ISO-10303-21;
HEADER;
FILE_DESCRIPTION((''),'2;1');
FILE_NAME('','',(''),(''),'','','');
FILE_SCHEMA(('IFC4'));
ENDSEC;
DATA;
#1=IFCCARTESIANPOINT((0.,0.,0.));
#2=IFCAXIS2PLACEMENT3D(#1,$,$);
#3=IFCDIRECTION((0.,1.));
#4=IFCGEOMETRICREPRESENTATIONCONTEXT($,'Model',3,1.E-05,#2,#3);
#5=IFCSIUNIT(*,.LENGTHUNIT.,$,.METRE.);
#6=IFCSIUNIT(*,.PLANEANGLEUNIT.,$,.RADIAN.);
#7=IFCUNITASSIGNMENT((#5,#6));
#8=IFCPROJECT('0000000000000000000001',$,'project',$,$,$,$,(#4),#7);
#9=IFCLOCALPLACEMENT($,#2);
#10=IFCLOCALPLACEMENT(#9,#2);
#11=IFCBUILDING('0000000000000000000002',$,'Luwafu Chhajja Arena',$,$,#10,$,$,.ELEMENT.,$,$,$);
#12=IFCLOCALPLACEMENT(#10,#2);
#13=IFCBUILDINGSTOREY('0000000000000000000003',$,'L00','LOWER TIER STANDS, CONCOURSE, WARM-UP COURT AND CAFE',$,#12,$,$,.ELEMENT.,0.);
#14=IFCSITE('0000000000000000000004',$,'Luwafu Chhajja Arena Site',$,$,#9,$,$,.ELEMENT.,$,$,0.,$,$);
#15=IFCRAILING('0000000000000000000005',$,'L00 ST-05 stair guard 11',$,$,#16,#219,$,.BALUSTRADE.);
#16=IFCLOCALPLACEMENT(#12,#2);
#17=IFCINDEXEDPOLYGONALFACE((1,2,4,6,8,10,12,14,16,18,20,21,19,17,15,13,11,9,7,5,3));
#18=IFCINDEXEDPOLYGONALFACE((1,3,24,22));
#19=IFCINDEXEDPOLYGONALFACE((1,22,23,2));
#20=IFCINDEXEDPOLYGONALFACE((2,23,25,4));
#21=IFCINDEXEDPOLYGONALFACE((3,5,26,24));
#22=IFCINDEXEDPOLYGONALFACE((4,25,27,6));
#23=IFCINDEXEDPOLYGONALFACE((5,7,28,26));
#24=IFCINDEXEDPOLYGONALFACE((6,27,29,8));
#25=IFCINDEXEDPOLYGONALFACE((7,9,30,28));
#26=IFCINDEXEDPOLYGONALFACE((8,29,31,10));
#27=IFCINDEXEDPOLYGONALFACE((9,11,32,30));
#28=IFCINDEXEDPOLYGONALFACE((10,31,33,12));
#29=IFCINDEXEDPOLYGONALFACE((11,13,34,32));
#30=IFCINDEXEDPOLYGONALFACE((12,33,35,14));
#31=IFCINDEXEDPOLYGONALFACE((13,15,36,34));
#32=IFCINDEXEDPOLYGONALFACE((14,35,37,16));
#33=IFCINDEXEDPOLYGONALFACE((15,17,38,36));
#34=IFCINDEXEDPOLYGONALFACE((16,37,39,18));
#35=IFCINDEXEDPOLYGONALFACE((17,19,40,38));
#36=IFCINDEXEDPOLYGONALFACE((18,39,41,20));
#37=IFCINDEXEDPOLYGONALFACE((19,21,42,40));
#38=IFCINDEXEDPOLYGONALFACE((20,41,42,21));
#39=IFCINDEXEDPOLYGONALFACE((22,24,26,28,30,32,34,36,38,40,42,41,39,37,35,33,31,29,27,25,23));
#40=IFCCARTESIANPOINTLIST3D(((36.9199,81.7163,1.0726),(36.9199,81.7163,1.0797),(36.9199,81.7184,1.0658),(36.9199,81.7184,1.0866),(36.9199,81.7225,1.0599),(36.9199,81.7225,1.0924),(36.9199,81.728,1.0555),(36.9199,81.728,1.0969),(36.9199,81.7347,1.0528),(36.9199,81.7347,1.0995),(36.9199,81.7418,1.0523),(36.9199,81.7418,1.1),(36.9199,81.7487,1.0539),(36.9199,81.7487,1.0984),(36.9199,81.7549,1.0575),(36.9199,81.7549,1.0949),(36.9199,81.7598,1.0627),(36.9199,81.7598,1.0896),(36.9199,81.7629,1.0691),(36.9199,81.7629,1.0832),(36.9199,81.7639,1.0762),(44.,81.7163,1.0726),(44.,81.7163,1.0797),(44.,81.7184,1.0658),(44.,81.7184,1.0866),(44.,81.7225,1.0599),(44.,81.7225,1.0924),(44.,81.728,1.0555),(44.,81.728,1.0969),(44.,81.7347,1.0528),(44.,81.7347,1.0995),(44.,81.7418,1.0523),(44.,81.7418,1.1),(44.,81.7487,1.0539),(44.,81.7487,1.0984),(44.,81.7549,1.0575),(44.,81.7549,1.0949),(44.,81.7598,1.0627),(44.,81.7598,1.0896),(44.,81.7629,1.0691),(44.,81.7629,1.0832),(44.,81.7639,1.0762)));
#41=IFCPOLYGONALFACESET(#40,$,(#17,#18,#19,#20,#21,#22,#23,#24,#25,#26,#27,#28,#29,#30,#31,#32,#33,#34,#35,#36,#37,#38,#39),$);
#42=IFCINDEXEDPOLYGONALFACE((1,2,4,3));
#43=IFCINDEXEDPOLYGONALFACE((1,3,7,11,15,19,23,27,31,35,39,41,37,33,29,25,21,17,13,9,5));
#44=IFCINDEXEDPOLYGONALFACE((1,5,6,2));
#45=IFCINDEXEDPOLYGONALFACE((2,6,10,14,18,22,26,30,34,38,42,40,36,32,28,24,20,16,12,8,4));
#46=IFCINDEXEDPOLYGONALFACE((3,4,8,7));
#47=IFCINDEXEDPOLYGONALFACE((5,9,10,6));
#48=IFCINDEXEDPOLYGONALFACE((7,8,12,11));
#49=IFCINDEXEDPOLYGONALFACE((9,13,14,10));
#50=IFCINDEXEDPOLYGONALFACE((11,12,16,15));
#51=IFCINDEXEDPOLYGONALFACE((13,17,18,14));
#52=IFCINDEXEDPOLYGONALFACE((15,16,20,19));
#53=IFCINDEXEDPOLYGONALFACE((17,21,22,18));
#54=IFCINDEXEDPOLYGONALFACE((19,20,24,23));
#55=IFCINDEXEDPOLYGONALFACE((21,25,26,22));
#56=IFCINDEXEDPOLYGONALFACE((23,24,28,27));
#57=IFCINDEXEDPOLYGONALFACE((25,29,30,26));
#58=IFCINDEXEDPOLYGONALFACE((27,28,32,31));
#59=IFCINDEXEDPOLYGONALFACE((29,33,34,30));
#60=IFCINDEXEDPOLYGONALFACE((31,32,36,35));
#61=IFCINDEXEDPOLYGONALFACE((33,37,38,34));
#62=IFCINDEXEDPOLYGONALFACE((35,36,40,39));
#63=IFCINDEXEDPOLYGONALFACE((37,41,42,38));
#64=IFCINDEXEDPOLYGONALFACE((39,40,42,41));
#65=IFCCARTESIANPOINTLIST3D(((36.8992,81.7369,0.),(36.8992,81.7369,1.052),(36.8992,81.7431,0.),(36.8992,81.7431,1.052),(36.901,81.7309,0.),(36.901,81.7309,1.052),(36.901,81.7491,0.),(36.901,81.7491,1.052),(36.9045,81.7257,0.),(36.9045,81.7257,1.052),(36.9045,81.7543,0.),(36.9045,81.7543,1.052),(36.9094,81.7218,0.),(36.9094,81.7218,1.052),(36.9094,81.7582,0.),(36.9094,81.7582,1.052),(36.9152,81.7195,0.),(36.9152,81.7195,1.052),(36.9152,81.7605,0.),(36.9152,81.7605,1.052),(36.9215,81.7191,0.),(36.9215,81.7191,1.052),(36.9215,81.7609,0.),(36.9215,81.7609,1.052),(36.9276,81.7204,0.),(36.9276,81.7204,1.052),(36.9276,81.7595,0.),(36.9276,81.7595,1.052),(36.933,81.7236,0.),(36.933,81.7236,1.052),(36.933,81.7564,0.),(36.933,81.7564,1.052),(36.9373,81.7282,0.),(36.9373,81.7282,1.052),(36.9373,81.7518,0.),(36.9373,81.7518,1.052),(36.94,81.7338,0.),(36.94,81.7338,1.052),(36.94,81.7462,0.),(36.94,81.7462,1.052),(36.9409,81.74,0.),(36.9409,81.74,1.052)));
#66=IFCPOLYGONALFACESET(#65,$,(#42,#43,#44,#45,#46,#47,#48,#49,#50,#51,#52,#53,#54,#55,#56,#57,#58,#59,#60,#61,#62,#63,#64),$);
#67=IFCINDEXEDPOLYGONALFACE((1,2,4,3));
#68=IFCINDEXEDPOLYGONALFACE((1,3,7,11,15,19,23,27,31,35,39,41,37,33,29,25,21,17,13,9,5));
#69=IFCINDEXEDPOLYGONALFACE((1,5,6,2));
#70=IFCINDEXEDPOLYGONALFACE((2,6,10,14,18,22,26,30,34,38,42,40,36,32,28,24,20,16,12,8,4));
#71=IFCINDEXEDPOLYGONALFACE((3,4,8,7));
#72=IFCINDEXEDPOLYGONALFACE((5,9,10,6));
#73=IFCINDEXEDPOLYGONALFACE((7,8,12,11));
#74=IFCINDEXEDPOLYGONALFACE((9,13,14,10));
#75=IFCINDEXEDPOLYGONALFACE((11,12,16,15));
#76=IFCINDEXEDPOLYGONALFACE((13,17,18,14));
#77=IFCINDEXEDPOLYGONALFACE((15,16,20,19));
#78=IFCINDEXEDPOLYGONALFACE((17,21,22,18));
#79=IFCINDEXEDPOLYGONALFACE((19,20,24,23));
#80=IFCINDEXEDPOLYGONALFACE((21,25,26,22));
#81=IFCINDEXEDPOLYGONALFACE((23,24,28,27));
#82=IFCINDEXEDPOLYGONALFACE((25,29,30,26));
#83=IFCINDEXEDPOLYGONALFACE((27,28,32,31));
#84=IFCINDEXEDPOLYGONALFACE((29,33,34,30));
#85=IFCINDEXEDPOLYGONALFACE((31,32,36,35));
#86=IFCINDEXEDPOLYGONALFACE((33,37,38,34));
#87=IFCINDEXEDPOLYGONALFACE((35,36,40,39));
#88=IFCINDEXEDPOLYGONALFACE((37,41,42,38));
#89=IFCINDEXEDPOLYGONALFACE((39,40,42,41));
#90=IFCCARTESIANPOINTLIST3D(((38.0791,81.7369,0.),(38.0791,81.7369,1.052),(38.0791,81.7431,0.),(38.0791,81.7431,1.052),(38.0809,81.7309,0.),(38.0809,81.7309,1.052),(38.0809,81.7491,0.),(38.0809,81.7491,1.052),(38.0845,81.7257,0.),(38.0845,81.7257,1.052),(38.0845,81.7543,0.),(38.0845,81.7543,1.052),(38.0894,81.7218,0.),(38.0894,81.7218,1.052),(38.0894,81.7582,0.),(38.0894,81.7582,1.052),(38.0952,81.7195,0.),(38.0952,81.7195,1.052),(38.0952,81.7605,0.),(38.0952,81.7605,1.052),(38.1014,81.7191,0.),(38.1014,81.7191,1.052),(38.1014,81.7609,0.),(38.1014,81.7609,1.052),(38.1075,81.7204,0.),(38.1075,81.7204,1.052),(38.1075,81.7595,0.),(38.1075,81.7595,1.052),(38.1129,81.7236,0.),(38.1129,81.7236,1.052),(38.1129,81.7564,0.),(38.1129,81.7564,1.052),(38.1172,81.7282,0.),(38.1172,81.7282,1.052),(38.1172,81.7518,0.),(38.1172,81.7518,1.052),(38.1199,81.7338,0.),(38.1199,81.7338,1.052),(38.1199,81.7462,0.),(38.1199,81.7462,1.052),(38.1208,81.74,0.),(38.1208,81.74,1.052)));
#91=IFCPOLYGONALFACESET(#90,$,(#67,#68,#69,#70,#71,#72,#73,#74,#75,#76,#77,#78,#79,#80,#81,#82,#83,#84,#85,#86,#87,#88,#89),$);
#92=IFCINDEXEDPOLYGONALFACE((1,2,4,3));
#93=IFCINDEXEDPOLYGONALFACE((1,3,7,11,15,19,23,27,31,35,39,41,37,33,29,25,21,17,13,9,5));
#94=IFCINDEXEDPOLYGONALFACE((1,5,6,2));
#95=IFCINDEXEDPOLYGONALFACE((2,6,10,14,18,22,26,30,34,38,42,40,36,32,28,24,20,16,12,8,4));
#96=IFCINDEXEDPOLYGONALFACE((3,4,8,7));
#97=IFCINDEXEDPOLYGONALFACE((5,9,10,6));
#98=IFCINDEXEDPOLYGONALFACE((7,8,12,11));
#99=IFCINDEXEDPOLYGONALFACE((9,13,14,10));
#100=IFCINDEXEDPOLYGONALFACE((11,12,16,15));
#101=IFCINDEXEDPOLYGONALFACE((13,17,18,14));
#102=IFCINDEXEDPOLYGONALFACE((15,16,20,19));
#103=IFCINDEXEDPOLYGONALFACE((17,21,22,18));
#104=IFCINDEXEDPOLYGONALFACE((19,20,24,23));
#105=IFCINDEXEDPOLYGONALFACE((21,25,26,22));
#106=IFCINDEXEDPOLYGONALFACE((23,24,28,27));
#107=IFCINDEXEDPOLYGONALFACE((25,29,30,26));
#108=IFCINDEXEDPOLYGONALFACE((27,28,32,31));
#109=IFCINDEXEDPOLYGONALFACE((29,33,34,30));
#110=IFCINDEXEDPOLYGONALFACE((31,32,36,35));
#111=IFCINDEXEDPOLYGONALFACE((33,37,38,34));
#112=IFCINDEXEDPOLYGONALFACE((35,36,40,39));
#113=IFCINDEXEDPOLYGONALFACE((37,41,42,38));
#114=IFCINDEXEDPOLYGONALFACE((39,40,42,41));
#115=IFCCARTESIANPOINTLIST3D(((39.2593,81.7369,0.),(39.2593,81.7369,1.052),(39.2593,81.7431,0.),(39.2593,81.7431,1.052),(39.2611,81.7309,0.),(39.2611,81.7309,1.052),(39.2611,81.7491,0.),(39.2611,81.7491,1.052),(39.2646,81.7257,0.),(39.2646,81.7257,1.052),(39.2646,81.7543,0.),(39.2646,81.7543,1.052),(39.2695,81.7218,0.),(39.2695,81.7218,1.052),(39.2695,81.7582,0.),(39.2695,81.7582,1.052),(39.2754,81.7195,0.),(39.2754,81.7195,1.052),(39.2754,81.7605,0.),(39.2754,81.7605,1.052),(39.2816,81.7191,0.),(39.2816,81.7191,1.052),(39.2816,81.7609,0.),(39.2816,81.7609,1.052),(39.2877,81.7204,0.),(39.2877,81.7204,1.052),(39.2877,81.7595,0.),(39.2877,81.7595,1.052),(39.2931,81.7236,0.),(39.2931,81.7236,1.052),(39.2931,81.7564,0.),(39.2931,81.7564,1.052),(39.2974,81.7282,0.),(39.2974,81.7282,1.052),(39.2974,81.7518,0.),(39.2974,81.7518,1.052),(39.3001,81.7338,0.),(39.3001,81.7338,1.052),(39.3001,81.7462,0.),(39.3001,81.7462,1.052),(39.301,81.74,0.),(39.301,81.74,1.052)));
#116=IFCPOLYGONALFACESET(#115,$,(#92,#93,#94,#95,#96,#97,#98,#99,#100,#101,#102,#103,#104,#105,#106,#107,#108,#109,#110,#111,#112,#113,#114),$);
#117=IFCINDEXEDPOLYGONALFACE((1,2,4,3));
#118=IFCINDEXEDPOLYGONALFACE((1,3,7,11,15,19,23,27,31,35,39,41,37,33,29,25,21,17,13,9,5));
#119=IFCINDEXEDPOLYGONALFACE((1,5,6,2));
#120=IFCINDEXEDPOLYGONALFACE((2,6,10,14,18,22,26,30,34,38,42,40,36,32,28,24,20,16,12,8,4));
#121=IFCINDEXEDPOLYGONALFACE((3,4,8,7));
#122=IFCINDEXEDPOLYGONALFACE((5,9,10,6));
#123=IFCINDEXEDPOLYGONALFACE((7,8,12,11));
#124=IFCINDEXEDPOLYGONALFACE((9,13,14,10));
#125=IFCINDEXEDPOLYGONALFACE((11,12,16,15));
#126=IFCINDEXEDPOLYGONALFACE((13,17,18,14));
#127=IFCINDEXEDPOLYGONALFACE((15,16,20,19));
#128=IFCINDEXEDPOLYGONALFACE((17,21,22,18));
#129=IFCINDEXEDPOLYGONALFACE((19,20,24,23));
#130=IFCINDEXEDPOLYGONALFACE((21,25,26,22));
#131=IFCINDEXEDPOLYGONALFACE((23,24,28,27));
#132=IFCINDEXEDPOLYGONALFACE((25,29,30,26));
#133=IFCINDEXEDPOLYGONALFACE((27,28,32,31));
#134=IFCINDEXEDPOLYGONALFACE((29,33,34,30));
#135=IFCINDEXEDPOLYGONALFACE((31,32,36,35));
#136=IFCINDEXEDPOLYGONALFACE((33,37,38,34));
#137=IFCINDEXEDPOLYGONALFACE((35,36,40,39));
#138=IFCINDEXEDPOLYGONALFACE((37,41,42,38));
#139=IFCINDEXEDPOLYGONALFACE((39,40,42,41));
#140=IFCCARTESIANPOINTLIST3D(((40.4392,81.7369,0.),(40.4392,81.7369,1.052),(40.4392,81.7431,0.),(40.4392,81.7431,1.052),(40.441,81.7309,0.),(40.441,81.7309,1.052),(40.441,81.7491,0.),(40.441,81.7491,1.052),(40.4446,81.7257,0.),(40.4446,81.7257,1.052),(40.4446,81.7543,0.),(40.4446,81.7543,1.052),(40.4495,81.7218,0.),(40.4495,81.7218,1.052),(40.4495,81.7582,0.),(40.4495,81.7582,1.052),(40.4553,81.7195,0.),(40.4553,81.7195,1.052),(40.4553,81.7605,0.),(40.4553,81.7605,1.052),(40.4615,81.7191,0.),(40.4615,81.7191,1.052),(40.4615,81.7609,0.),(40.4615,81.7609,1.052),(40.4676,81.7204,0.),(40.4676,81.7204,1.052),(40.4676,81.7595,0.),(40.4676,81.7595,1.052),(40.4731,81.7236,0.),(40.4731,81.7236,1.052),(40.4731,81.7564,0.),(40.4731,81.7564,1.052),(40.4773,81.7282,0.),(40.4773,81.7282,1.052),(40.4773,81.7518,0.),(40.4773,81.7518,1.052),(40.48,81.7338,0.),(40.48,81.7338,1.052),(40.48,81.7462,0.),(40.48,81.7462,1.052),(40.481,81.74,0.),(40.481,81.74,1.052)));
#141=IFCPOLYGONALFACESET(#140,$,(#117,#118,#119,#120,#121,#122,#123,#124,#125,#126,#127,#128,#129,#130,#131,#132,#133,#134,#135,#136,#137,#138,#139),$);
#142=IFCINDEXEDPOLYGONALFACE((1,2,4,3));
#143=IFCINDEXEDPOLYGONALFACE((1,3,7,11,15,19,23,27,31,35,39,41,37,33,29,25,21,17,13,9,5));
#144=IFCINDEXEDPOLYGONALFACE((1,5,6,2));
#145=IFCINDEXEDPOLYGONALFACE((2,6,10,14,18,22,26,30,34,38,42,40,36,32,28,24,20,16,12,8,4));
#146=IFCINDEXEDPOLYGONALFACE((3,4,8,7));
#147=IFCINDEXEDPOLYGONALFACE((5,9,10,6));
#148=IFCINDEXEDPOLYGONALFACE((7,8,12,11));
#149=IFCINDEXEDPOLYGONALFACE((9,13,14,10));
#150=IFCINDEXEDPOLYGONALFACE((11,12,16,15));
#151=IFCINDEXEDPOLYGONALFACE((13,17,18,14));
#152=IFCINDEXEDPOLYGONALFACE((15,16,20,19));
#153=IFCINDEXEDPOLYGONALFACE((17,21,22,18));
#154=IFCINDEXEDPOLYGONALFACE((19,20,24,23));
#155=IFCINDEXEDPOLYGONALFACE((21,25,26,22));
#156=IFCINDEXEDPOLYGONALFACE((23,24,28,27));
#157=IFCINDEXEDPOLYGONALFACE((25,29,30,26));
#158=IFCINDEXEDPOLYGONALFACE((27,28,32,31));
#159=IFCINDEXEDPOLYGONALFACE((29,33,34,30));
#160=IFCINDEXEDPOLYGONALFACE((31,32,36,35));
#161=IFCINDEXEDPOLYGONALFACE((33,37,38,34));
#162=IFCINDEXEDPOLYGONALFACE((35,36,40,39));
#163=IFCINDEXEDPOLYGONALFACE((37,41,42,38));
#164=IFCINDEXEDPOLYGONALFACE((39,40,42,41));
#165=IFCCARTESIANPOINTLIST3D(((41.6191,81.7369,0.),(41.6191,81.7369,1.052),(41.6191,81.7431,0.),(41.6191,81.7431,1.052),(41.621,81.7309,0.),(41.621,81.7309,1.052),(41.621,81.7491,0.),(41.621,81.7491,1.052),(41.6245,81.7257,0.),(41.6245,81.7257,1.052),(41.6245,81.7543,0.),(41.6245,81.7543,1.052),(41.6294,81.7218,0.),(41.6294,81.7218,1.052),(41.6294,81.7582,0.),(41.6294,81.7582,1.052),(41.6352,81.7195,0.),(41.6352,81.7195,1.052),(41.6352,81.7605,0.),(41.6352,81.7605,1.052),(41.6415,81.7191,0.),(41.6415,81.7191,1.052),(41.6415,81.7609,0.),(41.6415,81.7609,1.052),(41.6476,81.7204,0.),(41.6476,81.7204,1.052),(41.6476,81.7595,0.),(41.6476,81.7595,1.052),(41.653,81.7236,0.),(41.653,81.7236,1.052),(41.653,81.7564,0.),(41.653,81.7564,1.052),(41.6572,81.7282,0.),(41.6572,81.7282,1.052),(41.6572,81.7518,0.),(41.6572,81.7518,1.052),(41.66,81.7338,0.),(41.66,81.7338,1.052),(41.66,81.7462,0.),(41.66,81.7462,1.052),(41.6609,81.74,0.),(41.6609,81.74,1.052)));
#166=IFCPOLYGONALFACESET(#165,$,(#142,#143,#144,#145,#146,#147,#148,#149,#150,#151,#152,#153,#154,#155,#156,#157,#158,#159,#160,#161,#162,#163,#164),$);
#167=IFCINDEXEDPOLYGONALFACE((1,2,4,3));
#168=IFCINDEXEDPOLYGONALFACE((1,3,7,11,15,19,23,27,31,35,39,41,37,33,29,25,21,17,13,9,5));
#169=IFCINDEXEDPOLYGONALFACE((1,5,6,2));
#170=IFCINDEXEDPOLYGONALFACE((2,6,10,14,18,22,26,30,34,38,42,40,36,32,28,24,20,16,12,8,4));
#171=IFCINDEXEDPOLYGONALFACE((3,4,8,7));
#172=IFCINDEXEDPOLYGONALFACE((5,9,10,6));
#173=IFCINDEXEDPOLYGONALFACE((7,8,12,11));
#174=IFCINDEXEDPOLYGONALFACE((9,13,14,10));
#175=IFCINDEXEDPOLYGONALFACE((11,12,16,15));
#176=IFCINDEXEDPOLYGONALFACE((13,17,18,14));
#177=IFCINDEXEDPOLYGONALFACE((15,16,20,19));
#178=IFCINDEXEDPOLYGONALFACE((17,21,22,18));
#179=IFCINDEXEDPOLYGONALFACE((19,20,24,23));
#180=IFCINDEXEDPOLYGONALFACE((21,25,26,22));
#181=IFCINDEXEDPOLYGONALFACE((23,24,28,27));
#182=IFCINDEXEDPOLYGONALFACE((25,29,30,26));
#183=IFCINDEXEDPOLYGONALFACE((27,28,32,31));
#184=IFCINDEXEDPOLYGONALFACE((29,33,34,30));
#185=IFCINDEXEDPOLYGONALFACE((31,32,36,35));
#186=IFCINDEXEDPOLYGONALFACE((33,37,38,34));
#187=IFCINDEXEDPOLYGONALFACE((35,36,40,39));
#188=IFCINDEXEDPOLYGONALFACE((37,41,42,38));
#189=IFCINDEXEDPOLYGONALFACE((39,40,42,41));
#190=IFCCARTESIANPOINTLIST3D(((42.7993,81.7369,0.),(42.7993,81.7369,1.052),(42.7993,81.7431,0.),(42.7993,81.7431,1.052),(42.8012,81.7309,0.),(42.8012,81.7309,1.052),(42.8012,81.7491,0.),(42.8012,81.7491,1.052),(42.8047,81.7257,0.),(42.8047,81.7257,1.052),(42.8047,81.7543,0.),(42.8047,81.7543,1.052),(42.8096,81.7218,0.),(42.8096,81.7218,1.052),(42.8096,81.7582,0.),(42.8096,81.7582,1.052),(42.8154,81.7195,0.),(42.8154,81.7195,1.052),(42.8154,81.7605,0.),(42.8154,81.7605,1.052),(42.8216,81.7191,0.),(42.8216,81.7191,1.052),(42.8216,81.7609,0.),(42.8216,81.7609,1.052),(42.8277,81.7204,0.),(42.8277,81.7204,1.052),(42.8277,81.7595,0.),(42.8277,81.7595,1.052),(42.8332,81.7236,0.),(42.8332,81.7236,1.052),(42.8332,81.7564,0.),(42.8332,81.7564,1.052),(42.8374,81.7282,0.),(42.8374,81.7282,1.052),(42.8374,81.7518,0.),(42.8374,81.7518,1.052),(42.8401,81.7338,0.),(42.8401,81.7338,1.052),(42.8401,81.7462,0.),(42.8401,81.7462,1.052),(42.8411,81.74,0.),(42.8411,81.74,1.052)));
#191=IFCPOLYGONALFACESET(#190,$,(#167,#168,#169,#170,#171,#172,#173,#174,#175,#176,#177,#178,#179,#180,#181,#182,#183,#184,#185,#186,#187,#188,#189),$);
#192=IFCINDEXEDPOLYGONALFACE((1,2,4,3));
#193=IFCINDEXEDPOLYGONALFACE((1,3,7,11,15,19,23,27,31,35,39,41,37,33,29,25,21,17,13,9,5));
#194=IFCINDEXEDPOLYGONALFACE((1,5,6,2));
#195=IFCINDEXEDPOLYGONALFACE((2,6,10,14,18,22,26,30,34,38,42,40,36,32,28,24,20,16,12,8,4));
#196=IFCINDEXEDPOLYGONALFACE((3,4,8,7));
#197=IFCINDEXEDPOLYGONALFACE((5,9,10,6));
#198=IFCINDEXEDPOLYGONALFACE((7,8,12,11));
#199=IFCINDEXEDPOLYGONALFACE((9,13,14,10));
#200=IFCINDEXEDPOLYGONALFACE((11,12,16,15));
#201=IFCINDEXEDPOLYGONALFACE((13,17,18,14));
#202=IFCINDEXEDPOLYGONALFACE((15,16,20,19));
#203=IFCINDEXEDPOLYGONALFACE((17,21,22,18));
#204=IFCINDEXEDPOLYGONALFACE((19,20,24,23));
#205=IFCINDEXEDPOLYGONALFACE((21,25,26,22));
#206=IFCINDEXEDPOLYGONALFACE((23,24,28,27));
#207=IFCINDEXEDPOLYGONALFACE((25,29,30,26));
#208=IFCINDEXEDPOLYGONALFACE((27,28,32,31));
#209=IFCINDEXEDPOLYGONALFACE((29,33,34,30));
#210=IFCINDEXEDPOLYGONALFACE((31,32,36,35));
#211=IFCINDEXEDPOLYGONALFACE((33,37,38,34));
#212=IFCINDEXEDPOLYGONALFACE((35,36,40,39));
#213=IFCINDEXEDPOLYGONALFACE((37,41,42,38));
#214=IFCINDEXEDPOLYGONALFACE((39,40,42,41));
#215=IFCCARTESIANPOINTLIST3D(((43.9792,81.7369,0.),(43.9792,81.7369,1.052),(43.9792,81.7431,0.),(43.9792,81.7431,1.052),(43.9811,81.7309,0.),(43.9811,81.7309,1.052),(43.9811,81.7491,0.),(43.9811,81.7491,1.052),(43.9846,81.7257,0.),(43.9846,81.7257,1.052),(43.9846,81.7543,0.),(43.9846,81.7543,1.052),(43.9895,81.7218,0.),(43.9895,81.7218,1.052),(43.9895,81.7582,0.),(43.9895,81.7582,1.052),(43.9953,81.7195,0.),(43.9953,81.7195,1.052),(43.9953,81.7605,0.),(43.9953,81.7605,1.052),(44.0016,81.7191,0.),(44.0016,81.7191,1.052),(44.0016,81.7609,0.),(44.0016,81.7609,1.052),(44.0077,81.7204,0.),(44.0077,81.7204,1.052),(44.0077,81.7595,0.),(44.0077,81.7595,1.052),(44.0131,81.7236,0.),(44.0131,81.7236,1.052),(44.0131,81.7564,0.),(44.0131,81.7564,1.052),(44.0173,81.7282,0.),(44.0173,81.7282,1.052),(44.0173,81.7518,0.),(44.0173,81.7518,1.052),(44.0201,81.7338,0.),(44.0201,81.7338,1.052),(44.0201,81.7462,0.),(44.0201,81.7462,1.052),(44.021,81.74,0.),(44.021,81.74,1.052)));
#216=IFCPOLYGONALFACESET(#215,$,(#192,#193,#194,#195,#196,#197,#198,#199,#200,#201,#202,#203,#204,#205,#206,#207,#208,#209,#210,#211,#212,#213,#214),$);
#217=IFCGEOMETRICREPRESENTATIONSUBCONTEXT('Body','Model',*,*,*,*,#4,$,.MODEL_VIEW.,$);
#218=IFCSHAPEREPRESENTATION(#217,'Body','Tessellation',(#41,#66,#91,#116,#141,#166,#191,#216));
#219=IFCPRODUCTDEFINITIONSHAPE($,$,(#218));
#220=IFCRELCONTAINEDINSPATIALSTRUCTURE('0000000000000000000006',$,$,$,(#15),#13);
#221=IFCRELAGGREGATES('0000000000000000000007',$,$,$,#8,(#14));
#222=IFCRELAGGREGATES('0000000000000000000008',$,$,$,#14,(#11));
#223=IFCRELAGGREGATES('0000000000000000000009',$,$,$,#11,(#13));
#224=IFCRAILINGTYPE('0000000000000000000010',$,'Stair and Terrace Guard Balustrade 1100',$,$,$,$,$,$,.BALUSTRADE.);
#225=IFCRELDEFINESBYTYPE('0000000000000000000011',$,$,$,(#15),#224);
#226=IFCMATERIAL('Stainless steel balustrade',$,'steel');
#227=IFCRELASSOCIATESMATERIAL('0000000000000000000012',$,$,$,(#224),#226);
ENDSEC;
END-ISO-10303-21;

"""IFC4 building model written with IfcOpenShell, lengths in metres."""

from ifc_helpers import new_model, si_unit, direction, frame, origin, origin_2d, place, context, subcontext, project, spatial, circle, extrude, material, type_object, element, save


model = new_model("IFC4")

# Units and contexts
model_context = context("Model", 3, precision=1e-05, world=origin(), true_north=direction((0.0, 1.0)))
body_context = subcontext(model_context, "Body", "Model", "MODEL_VIEW")
ifc_project = project(units=[si_unit("LENGTHUNIT", "METRE"), si_unit("PLANEANGLEUNIT", "RADIAN")], contexts=[model_context])

# Site, building, storey
site_placement = place(None, origin())
site = spatial("IfcSite", under=ifc_project, at=site_placement, Name="Luwafu Chhajja Arena Site", CompositionType="ELEMENT", RefElevation=0.0)
building_placement = place(site_placement, origin())
building = spatial("IfcBuilding", under=site, at=building_placement, Name="Luwafu Chhajja Arena", CompositionType="ELEMENT")
storey_placement = place(building_placement, origin())
storey = spatial("IfcBuildingStorey", under=building, at=storey_placement, Name="L00", Description="LOWER TIER STANDS, CONCOURSE, WARM-UP COURT AND CAFE", CompositionType="ELEMENT", Elevation=0.0)

# Railing
ifc_material_1 = material(Name="Stainless steel balustrade", Category="steel")
railing_type_1 = type_object("IfcRailingType", Name="Stair and Terrace Guard Balustrade 1100", PredefinedType="BALUSTRADE", material=ifc_material_1)
railing_1_placement = place(storey_placement, frame((36.9199, 81.74, 0.0)))
element("IfcRailing", 1, at=railing_1_placement, inside=storey, type_object=railing_type_1, Name="L00 ST-05 stair guard 11", PredefinedType="BALUSTRADE", context=body_context, shape_type="SweptSolid", body=[
    extrude(circle(Radius=0.0239, at=origin_2d()), frame((0.0, 0.0, 1.0762), z_axis=(1.0, 0.0, 0.0), x_axis=(0.0, 1.0, 0.0)), (0.0, 0.0, 1.0), 7.0801),
    extrude(circle(Radius=0.021, at=origin_2d()), origin(), (0.0, 0.0, 1.0), 1.052),
    extrude(circle(Radius=0.021, at=origin_2d()), frame((1.1799, 0.0, 0.0)), (0.0, 0.0, 1.0), 1.052),
    extrude(circle(Radius=0.021, at=origin_2d()), frame((2.3601, 0.0, 0.0)), (0.0, 0.0, 1.0), 1.052),
    extrude(circle(Radius=0.021, at=origin_2d()), frame((3.54, 0.0, 0.0)), (0.0, 0.0, 1.0), 1.052),
    extrude(circle(Radius=0.021, at=origin_2d()), frame((4.72, 0.0, 0.0)), (0.0, 0.0, 1.0), 1.052),
    extrude(circle(Radius=0.021, at=origin_2d()), frame((5.9001, 0.0, 0.0)), (0.0, 0.0, 1.0), 1.052),
    extrude(circle(Radius=0.021, at=origin_2d()), frame((7.0801, 0.0, 0.0)), (0.0, 0.0, 1.0), 1.052),
])

save(model, "model.ifc")
